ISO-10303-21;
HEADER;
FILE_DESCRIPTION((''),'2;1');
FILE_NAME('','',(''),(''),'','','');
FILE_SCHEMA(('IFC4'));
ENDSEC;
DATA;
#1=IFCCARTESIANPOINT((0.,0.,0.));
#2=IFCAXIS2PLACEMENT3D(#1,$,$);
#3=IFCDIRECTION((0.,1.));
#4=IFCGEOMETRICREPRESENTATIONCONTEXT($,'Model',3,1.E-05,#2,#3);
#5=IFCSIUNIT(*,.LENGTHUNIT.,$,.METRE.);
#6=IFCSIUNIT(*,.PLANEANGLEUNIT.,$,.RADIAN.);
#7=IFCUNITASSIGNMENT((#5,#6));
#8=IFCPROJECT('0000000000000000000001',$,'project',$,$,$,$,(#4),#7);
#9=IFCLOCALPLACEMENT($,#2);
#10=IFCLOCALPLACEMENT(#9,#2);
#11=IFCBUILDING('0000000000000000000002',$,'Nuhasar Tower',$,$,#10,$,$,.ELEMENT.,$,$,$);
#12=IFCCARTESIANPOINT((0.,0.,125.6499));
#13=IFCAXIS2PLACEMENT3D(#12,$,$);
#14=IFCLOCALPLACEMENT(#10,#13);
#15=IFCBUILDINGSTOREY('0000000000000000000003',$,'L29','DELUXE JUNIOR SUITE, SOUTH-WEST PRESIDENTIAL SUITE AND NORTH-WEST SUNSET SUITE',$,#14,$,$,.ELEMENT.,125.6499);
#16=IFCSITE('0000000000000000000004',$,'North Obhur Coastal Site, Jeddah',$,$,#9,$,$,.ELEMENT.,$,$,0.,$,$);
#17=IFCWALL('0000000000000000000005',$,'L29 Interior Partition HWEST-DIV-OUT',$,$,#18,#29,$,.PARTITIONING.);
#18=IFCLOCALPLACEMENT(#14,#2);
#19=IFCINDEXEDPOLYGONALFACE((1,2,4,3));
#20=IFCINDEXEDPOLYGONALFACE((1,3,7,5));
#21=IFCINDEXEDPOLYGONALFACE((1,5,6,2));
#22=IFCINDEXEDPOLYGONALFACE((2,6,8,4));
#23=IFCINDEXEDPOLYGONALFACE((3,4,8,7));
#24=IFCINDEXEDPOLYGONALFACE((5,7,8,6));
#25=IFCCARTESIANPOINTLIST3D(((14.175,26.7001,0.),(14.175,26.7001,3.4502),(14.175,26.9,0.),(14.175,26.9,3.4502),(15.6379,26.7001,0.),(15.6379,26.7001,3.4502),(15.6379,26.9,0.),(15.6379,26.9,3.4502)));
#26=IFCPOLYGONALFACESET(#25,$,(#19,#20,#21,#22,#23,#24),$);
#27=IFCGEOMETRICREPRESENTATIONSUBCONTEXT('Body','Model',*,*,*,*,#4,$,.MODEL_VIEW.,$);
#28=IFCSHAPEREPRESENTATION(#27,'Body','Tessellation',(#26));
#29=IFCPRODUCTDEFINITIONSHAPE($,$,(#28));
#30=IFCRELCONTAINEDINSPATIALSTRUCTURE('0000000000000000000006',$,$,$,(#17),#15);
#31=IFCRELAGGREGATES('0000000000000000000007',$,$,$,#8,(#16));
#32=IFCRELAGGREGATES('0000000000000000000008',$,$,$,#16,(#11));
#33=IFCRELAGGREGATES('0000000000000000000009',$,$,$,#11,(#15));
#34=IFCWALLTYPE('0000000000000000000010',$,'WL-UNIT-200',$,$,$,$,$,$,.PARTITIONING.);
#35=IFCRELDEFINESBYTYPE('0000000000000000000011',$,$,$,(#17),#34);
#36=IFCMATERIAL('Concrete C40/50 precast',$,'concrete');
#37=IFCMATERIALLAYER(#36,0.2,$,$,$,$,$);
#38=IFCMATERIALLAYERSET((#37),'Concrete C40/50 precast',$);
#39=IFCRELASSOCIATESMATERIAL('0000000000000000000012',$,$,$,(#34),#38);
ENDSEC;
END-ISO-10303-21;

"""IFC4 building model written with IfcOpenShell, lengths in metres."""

from ifc_helpers import new_model, si_unit, direction, frame, frame_2d, origin, place, context, subcontext, project, spatial, rectangle, extrude, material, layer, layer_set, type_object, element, save


model = new_model("IFC4")

# Units and contexts
model_context = context("Model", 3, precision=1e-05, world=origin(), true_north=direction((0.0, 1.0)))
body_context = subcontext(model_context, "Body", "Model", "MODEL_VIEW")
ifc_project = project(units=[si_unit("LENGTHUNIT", "METRE"), si_unit("PLANEANGLEUNIT", "RADIAN")], contexts=[model_context])

# Site, building, storey
site_placement = place(None, origin())
site = spatial("IfcSite", under=ifc_project, at=site_placement, Name="North Obhur Coastal Site, Jeddah", CompositionType="ELEMENT", RefElevation=0.0)
building_placement = place(site_placement, origin())
building = spatial("IfcBuilding", under=site, at=building_placement, Name="Nuhasar Tower", CompositionType="ELEMENT")
storey_placement = place(building_placement, frame((0.0, 0.0, 125.6499)))
storey = spatial("IfcBuildingStorey", under=building, at=storey_placement, Name="L29", Description="DELUXE JUNIOR SUITE, SOUTH-WEST PRESIDENTIAL SUITE AND NORTH-WEST SUNSET SUITE", CompositionType="ELEMENT", Elevation=125.6499)

# Wall
ifc_material_1 = material(Name="Concrete C40/50 precast", Category="concrete")
ifc_layer_1 = layer(ifc_material_1, 0.2)
ifc_layer_set_1 = layer_set([ifc_layer_1], Name="Concrete C40/50 precast")
wall_type = type_object("IfcWallType", Name="WL-UNIT-200", PredefinedType="PARTITIONING", material=ifc_layer_set_1)
wall_1_placement = place(storey_placement, frame((15.6379, 26.8, 0.0), z_axis=(0.0, 0.0, 1.0), x_axis=(-1.0, 0.0, 0.0)))
element("IfcWall", 1, at=wall_1_placement, inside=storey, type_object=wall_type, Name="L29 Interior Partition HWEST-DIV-OUT", PredefinedType="PARTITIONING", context=body_context, shape_type="SweptSolid", body=[
    extrude(rectangle(XDim=1.4629, YDim=0.2, at=frame_2d((0.7314, 0.0))), origin(), (0.0, 0.0, 1.0), 3.4502),
])

save(model, "model.ifc")
